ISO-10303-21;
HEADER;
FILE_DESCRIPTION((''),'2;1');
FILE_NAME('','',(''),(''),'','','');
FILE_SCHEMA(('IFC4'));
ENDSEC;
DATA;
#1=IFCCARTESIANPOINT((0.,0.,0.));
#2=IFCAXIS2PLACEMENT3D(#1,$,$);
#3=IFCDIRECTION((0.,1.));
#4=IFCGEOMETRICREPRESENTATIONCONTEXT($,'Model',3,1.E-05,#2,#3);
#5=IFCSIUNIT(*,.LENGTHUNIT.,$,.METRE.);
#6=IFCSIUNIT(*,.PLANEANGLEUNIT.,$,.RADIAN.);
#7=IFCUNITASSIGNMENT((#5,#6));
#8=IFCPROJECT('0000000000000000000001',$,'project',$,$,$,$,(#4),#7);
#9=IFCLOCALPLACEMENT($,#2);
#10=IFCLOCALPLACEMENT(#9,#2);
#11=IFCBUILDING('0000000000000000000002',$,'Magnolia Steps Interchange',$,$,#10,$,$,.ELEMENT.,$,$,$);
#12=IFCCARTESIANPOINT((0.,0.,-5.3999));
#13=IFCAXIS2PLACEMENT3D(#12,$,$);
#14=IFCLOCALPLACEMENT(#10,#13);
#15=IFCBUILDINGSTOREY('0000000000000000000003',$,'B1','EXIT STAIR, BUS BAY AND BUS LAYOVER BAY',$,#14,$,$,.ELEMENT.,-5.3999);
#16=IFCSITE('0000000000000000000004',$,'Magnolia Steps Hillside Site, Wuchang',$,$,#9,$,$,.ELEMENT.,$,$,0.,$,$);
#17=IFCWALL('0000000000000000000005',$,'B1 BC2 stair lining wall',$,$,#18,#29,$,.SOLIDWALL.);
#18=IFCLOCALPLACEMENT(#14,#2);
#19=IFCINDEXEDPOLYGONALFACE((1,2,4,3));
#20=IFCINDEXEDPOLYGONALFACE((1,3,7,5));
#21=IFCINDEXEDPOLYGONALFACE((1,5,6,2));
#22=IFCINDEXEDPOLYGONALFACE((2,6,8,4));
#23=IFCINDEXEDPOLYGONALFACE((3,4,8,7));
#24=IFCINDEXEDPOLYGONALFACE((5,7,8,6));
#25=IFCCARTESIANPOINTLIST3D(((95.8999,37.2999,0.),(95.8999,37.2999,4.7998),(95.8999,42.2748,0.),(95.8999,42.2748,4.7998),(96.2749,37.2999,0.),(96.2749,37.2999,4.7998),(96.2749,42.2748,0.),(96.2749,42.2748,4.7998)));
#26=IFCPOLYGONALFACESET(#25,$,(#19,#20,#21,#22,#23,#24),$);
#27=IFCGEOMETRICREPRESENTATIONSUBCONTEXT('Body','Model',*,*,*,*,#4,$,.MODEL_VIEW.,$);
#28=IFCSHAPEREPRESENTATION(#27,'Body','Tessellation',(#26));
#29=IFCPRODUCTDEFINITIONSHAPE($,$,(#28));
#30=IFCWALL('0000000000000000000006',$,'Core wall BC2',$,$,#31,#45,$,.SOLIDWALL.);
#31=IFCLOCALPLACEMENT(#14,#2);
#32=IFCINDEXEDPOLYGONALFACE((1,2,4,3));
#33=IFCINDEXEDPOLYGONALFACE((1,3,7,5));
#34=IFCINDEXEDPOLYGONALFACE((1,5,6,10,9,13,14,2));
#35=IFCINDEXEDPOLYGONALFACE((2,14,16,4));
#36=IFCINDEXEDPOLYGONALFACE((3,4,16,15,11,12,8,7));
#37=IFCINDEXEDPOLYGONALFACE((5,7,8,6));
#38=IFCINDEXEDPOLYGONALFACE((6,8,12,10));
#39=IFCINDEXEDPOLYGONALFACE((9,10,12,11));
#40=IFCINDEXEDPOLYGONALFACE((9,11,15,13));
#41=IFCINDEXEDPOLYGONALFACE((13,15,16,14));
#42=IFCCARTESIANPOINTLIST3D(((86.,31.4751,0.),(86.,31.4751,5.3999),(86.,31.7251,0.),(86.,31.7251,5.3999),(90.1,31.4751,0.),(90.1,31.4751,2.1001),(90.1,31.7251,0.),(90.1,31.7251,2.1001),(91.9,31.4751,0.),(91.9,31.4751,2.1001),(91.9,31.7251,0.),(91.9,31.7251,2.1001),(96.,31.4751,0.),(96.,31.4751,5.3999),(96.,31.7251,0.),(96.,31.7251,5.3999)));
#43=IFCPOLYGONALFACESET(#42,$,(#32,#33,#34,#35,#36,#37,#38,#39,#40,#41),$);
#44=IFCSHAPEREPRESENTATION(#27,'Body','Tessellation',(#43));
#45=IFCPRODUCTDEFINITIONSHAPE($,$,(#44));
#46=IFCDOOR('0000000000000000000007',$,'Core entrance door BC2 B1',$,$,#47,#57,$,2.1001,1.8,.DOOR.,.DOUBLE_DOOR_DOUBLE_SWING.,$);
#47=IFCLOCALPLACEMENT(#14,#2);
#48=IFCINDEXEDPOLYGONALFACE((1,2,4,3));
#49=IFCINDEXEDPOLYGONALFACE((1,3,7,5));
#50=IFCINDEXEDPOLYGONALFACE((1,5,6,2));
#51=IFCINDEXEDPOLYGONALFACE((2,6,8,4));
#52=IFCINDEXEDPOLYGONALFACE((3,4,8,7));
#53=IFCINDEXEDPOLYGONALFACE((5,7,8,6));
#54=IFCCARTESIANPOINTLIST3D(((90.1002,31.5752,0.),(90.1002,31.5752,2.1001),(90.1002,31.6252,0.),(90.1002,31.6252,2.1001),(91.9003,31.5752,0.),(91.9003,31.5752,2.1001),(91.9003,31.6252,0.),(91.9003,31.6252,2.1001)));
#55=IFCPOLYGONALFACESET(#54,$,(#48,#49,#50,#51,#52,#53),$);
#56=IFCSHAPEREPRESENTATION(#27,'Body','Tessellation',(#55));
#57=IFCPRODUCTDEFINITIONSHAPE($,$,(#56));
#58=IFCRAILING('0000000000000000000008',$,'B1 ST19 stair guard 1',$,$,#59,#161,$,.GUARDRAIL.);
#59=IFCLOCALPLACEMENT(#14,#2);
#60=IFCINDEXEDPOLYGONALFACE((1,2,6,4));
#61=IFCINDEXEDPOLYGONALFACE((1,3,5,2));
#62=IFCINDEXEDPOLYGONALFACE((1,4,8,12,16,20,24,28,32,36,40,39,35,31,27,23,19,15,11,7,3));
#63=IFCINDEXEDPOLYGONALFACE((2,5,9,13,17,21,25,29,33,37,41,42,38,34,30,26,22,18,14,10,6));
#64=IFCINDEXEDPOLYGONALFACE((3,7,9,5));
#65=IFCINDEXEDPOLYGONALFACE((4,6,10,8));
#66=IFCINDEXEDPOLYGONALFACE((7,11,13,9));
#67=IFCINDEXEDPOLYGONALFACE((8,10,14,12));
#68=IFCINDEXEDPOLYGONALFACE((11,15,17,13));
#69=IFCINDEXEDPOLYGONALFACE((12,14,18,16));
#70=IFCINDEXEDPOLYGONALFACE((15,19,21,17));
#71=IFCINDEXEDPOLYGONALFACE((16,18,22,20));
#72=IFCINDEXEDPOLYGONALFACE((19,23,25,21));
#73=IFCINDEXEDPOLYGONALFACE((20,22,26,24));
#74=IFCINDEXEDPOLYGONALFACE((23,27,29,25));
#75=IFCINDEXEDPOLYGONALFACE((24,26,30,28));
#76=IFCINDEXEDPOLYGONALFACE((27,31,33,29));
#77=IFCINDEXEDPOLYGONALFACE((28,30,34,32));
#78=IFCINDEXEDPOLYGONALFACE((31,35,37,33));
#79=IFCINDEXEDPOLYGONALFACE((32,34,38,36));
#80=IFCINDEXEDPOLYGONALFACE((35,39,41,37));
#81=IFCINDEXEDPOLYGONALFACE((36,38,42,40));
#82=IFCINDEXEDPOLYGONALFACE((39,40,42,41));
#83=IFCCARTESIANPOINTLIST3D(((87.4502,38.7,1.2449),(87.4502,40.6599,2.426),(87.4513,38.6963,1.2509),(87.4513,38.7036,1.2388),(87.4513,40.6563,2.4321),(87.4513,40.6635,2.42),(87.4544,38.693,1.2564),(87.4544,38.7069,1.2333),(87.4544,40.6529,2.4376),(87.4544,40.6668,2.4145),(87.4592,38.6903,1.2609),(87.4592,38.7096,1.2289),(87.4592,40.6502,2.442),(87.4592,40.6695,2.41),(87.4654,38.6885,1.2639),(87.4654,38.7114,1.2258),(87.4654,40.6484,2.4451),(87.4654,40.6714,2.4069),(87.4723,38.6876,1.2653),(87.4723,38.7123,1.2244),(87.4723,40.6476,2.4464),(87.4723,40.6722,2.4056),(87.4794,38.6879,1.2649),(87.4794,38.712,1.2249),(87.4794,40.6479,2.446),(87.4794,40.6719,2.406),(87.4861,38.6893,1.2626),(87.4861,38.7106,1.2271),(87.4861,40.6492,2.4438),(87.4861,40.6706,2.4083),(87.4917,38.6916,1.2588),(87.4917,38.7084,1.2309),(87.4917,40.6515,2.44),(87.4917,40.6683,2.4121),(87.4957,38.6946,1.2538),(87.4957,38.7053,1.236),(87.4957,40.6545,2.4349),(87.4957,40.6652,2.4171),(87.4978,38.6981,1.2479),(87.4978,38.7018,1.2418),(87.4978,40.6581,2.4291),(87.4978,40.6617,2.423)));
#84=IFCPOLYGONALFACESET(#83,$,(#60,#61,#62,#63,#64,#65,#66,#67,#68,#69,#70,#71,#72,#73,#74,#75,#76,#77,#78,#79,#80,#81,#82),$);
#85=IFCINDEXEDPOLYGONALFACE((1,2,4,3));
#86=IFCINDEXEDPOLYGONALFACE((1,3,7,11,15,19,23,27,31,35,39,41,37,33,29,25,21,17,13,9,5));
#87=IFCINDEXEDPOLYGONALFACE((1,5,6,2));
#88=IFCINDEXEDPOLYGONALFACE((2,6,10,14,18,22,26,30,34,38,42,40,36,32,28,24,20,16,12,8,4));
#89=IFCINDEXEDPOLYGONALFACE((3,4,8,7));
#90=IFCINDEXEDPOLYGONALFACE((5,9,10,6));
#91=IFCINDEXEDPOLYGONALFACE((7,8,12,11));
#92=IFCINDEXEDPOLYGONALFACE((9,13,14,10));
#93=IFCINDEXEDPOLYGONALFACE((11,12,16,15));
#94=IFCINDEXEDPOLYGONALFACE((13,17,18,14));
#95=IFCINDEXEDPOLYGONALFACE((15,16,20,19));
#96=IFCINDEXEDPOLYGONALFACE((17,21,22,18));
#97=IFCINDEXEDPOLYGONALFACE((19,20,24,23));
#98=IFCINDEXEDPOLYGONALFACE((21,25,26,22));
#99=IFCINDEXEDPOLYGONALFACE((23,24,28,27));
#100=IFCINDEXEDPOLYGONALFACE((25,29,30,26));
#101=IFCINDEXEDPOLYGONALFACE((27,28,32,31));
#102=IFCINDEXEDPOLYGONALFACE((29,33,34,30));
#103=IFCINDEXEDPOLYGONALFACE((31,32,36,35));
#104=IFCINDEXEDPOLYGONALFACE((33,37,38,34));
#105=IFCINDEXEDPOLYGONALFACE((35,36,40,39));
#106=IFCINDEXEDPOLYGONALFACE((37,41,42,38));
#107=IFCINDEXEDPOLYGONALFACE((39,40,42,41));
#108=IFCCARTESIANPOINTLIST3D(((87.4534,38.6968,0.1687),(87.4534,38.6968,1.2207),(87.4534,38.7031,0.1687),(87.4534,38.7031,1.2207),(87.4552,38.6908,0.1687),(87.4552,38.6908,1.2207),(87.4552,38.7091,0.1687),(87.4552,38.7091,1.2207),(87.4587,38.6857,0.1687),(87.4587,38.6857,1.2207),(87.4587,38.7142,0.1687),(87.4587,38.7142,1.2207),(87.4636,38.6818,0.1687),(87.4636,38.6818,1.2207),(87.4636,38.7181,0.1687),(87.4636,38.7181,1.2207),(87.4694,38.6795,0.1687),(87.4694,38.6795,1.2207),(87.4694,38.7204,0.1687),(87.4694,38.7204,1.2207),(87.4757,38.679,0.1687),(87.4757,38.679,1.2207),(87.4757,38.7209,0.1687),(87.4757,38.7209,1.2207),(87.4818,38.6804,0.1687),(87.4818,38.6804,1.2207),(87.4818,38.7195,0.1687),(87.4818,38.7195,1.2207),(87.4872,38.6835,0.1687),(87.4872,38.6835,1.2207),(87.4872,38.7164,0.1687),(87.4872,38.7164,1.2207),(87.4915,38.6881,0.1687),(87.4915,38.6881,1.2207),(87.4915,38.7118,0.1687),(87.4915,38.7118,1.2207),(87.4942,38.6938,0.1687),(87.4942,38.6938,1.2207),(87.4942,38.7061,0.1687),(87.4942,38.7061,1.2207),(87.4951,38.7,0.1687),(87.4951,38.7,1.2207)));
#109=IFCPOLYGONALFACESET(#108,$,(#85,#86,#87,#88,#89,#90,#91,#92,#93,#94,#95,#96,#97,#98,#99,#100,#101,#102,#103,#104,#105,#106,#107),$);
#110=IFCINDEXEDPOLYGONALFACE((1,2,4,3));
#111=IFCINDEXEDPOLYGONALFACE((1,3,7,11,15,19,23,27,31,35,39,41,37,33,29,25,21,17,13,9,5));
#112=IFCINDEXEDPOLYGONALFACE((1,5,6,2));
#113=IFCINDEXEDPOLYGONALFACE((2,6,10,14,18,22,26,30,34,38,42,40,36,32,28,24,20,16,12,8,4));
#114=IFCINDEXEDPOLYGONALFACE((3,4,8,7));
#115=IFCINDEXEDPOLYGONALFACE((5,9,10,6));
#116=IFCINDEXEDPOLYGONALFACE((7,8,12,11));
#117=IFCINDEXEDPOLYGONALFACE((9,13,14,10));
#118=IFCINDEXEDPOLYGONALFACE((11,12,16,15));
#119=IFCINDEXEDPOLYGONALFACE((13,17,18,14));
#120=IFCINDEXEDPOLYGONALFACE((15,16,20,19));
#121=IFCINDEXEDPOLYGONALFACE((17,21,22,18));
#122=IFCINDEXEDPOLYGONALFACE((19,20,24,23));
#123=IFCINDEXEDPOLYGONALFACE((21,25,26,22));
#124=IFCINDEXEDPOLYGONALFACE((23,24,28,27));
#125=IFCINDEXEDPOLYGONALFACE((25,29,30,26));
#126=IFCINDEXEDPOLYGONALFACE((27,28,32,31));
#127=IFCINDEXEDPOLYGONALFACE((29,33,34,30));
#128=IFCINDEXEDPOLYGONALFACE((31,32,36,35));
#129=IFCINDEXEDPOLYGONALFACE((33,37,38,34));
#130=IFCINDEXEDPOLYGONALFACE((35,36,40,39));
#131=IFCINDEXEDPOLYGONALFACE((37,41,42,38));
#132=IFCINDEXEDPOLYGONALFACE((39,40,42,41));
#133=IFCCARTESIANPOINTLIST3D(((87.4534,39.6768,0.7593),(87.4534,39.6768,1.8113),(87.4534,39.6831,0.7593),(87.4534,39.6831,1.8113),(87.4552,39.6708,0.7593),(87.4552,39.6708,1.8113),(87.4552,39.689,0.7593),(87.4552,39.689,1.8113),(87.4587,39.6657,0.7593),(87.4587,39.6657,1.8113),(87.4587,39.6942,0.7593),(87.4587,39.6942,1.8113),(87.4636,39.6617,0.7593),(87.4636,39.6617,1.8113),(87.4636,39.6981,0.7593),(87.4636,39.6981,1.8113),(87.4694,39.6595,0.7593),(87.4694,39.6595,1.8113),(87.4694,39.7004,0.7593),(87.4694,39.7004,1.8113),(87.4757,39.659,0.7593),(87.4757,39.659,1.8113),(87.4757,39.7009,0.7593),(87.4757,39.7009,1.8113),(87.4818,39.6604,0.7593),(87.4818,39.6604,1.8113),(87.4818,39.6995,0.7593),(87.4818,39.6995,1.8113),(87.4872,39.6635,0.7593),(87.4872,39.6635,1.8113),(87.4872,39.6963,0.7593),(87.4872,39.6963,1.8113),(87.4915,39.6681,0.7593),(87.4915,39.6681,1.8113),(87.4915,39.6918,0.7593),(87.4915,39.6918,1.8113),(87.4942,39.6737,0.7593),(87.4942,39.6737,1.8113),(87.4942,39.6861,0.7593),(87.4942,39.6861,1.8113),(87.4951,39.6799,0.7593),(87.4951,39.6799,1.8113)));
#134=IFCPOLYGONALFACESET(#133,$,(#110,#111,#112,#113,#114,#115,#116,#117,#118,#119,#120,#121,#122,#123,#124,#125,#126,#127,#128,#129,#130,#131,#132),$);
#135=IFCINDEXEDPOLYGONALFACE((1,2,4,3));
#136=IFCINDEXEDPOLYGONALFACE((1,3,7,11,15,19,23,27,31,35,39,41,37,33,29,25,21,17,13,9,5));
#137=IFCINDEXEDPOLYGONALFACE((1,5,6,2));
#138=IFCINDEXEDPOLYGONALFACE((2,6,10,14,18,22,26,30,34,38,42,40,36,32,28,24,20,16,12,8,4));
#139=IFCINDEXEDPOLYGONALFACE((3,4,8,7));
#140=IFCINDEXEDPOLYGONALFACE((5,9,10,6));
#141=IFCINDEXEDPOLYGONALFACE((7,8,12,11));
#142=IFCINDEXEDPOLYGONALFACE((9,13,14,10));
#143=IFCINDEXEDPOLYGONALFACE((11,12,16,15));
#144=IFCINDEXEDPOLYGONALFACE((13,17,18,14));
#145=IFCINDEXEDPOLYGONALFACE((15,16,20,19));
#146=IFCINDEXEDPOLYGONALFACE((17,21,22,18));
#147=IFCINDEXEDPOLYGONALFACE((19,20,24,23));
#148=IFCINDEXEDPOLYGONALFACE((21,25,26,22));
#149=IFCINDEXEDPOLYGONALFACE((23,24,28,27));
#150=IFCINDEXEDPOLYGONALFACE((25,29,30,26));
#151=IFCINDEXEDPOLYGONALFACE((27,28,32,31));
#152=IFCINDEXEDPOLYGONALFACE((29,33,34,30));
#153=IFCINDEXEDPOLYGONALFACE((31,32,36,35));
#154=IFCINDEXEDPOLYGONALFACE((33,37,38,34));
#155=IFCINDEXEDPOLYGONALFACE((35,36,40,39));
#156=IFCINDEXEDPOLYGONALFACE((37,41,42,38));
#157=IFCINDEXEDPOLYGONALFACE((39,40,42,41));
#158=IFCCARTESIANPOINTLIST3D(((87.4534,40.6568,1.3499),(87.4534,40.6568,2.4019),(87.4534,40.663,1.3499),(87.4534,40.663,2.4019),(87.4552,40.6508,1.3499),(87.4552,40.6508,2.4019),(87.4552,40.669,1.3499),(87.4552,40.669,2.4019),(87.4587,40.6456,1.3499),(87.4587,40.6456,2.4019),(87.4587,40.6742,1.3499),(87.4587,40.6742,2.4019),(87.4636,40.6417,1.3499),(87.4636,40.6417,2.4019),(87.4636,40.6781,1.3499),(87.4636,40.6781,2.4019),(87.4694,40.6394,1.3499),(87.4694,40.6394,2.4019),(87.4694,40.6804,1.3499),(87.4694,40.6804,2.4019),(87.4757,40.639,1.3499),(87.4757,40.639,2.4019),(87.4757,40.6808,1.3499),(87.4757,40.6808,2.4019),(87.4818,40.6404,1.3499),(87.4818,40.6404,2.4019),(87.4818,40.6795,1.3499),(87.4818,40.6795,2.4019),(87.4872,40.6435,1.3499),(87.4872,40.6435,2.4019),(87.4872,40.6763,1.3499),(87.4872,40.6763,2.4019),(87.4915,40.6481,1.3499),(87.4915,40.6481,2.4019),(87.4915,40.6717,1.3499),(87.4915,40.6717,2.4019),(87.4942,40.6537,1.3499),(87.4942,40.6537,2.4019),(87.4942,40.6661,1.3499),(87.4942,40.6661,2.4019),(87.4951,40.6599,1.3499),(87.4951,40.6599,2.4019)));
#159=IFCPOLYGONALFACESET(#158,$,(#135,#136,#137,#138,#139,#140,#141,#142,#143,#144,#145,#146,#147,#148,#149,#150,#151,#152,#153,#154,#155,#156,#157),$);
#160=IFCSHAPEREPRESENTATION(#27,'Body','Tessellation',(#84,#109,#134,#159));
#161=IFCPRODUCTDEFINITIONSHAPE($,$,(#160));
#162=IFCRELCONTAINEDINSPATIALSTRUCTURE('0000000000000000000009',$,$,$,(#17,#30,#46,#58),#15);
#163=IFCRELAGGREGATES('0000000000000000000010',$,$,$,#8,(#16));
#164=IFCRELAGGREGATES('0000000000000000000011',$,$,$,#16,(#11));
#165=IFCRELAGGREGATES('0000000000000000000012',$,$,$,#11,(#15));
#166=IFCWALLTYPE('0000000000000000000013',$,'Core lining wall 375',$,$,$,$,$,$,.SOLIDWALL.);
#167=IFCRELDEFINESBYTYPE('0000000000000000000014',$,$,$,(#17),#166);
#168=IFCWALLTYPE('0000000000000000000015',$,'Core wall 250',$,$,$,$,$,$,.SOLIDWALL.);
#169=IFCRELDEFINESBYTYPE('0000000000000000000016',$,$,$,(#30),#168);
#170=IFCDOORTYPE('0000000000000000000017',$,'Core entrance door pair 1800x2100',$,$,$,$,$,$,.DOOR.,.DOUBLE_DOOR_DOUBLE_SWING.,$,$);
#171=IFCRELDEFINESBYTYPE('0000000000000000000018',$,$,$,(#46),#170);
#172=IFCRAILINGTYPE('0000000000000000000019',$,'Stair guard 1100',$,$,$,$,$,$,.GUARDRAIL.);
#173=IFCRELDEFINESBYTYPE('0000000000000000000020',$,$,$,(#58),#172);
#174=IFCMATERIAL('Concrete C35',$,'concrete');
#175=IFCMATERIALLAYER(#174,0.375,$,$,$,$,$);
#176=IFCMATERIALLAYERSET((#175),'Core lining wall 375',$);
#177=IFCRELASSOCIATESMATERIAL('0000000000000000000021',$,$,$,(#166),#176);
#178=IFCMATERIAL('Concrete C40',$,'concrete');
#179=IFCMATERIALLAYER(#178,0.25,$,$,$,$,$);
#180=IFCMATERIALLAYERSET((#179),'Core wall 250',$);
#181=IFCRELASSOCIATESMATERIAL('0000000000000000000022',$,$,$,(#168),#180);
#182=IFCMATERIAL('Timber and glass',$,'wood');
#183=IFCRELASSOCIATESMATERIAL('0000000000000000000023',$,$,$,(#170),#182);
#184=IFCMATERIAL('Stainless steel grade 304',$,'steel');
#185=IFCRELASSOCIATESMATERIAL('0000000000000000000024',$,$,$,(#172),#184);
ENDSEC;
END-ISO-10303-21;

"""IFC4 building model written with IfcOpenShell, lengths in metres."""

from ifc_helpers import new_model, si_unit, direction, frame, frame_2d, origin, origin_2d, place, context, subcontext, project, spatial, rectangle, circle, extrude, material, layer, layer_set, type_object, element, fill, save


model = new_model("IFC4")

# Units and contexts
model_context = context("Model", 3, precision=1e-05, world=origin(), true_north=direction((0.0, 1.0)))
body_context = subcontext(model_context, "Body", "Model", "MODEL_VIEW")
ifc_project = project(units=[si_unit("LENGTHUNIT", "METRE"), si_unit("PLANEANGLEUNIT", "RADIAN")], contexts=[model_context])

# Site, building, storey
site_placement = place(None, origin())
site = spatial("IfcSite", under=ifc_project, at=site_placement, Name="Magnolia Steps Hillside Site, Wuchang", CompositionType="ELEMENT", RefElevation=0.0)
building_placement = place(site_placement, origin())
building = spatial("IfcBuilding", under=site, at=building_placement, Name="Magnolia Steps Interchange", CompositionType="ELEMENT")
storey_placement = place(building_placement, frame((0.0, 0.0, -5.3999)))
storey = spatial("IfcBuildingStorey", under=building, at=storey_placement, Name="B1", Description="EXIT STAIR, BUS BAY AND BUS LAYOVER BAY", CompositionType="ELEMENT", Elevation=-5.3999)

# Wall
ifc_material_1 = material(Name="Concrete C35", Category="concrete")
ifc_layer_1 = layer(ifc_material_1, 0.375)
ifc_layer_set_1 = layer_set([ifc_layer_1], Name="Core lining wall 375")
wall_type_1 = type_object("IfcWallType", Name="Core lining wall 375", PredefinedType="SOLIDWALL", material=ifc_layer_set_1)
for number, where, z_axis, x_axis, name in (
    (1, (96.0874, 37.3, 0.0), (0.0, 0.0, 1.0), (0.0, 1.0, 0.0), "B1 BC2 stair lining wall"),
):
    element("IfcWall", number, at=place(storey_placement, frame(where, z_axis=z_axis, x_axis=x_axis)), inside=storey, type_object=wall_type_1, Name=name, PredefinedType="SOLIDWALL", context=body_context, shape_type="SweptSolid", body=[
        extrude(rectangle(XDim=4.9749, YDim=0.375, at=frame_2d((2.4873, 0.0))), origin(), (0.0, 0.0, 1.0), 4.7998),
    ])

# Wall, opening, door
ifc_material_2 = material(Name="Concrete C40", Category="concrete")
ifc_layer_2 = layer(ifc_material_2, 0.25)
ifc_layer_set_2 = layer_set([ifc_layer_2], Name="Core wall 250")
wall_type_2 = type_object("IfcWallType", Name="Core wall 250", PredefinedType="SOLIDWALL", material=ifc_layer_set_2)
wall_1_placement = place(storey_placement, frame((86.0, 31.6001, 0.0), z_axis=(0.0, 0.0, 1.0), x_axis=(1.0, 0.0, 0.0)))
wall_1 = element("IfcWall", 2, at=wall_1_placement, inside=storey, type_object=wall_type_2, Name="Core wall BC2", PredefinedType="SOLIDWALL", context=body_context, shape_type="SweptSolid", body=[
    extrude(rectangle(XDim=10.0, YDim=0.25, at=frame_2d((5.0, 0.0))), origin(), (0.0, 0.0, 1.0), 5.3999),
])
opening_1_placement = place(wall_1_placement, frame((4.1001, 0.0, 0.0)))
opening_1 = element("IfcOpeningElement", 3, at=opening_1_placement, cuts=wall_1, PredefinedType="OPENING", context=body_context, shape_type="SweptSolid", body=[
    extrude(rectangle(XDim=1.8, YDim=2.1001, at=frame_2d((0.8999, 1.05))), frame((0.0, 0.135, 0.0), z_axis=(0.0, -1.0, 0.0), x_axis=(1.0, 0.0, 0.0)), (0.0, 0.0, 1.0), 0.27),
])
ifc_material_3 = material(Name="Timber and glass", Category="wood")
door_type_1 = type_object("IfcDoorType", Name="Core entrance door pair 1800x2100", OperationType="DOUBLE_DOOR_DOUBLE_SWING", PredefinedType="DOOR", material=ifc_material_3)
door_1_placement = place(opening_1_placement, frame((1.8, 0.0, 0.0), z_axis=(0.0, 0.0, 1.0), x_axis=(-1.0, 0.0, 0.0)))
door_1 = element("IfcDoor", 4, at=door_1_placement, inside=storey, type_object=door_type_1, Name="Core entrance door BC2 B1", OperationType="DOUBLE_DOOR_DOUBLE_SWING", OverallHeight=2.1001, OverallWidth=1.8, PredefinedType="DOOR", context=body_context, shape_type="SweptSolid", body=[
    extrude(rectangle(XDim=1.8, YDim=2.1001, at=frame_2d((0.8999, 1.05))), frame((0.0, 0.0249, 0.0), z_axis=(0.0, -1.0, 0.0), x_axis=(1.0, 0.0, 0.0)), (0.0, 0.0, 1.0), 0.05),
])
fill(opening_1, door_1)

# Railing
ifc_material_4 = material(Name="Stainless steel grade 304", Category="steel")
railing_type_1 = type_object("IfcRailingType", Name="Stair guard 1100", PredefinedType="GUARDRAIL", material=ifc_material_4)
railing_1_placement = place(storey_placement, frame((87.4741, 38.7, 0.1687)))
element("IfcRailing", 5, at=railing_1_placement, inside=storey, type_object=railing_type_1, Name="B1 ST19 stair guard 1", PredefinedType="GUARDRAIL", context=body_context, shape_type="SweptSolid", body=[
    extrude(circle(Radius=0.0239, at=origin_2d()), frame((0.0, 0.0, 1.0762), z_axis=(0.0, 0.856493, 0.516158), x_axis=(-1.0, 0.0, 0.0)), (0.0, 0.0, 1.0), 2.2883),
    extrude(circle(Radius=0.021, at=origin_2d()), origin(), (0.0, 0.0, 1.0), 1.052),
    extrude(circle(Radius=0.021, at=origin_2d()), frame((0.0, 0.98, 0.5906)), (0.0, 0.0, 1.0), 1.052),
    extrude(circle(Radius=0.021, at=origin_2d()), frame((0.0, 1.96, 1.1812)), (0.0, 0.0, 1.0), 1.052),
])

save(model, "model.ifc")
